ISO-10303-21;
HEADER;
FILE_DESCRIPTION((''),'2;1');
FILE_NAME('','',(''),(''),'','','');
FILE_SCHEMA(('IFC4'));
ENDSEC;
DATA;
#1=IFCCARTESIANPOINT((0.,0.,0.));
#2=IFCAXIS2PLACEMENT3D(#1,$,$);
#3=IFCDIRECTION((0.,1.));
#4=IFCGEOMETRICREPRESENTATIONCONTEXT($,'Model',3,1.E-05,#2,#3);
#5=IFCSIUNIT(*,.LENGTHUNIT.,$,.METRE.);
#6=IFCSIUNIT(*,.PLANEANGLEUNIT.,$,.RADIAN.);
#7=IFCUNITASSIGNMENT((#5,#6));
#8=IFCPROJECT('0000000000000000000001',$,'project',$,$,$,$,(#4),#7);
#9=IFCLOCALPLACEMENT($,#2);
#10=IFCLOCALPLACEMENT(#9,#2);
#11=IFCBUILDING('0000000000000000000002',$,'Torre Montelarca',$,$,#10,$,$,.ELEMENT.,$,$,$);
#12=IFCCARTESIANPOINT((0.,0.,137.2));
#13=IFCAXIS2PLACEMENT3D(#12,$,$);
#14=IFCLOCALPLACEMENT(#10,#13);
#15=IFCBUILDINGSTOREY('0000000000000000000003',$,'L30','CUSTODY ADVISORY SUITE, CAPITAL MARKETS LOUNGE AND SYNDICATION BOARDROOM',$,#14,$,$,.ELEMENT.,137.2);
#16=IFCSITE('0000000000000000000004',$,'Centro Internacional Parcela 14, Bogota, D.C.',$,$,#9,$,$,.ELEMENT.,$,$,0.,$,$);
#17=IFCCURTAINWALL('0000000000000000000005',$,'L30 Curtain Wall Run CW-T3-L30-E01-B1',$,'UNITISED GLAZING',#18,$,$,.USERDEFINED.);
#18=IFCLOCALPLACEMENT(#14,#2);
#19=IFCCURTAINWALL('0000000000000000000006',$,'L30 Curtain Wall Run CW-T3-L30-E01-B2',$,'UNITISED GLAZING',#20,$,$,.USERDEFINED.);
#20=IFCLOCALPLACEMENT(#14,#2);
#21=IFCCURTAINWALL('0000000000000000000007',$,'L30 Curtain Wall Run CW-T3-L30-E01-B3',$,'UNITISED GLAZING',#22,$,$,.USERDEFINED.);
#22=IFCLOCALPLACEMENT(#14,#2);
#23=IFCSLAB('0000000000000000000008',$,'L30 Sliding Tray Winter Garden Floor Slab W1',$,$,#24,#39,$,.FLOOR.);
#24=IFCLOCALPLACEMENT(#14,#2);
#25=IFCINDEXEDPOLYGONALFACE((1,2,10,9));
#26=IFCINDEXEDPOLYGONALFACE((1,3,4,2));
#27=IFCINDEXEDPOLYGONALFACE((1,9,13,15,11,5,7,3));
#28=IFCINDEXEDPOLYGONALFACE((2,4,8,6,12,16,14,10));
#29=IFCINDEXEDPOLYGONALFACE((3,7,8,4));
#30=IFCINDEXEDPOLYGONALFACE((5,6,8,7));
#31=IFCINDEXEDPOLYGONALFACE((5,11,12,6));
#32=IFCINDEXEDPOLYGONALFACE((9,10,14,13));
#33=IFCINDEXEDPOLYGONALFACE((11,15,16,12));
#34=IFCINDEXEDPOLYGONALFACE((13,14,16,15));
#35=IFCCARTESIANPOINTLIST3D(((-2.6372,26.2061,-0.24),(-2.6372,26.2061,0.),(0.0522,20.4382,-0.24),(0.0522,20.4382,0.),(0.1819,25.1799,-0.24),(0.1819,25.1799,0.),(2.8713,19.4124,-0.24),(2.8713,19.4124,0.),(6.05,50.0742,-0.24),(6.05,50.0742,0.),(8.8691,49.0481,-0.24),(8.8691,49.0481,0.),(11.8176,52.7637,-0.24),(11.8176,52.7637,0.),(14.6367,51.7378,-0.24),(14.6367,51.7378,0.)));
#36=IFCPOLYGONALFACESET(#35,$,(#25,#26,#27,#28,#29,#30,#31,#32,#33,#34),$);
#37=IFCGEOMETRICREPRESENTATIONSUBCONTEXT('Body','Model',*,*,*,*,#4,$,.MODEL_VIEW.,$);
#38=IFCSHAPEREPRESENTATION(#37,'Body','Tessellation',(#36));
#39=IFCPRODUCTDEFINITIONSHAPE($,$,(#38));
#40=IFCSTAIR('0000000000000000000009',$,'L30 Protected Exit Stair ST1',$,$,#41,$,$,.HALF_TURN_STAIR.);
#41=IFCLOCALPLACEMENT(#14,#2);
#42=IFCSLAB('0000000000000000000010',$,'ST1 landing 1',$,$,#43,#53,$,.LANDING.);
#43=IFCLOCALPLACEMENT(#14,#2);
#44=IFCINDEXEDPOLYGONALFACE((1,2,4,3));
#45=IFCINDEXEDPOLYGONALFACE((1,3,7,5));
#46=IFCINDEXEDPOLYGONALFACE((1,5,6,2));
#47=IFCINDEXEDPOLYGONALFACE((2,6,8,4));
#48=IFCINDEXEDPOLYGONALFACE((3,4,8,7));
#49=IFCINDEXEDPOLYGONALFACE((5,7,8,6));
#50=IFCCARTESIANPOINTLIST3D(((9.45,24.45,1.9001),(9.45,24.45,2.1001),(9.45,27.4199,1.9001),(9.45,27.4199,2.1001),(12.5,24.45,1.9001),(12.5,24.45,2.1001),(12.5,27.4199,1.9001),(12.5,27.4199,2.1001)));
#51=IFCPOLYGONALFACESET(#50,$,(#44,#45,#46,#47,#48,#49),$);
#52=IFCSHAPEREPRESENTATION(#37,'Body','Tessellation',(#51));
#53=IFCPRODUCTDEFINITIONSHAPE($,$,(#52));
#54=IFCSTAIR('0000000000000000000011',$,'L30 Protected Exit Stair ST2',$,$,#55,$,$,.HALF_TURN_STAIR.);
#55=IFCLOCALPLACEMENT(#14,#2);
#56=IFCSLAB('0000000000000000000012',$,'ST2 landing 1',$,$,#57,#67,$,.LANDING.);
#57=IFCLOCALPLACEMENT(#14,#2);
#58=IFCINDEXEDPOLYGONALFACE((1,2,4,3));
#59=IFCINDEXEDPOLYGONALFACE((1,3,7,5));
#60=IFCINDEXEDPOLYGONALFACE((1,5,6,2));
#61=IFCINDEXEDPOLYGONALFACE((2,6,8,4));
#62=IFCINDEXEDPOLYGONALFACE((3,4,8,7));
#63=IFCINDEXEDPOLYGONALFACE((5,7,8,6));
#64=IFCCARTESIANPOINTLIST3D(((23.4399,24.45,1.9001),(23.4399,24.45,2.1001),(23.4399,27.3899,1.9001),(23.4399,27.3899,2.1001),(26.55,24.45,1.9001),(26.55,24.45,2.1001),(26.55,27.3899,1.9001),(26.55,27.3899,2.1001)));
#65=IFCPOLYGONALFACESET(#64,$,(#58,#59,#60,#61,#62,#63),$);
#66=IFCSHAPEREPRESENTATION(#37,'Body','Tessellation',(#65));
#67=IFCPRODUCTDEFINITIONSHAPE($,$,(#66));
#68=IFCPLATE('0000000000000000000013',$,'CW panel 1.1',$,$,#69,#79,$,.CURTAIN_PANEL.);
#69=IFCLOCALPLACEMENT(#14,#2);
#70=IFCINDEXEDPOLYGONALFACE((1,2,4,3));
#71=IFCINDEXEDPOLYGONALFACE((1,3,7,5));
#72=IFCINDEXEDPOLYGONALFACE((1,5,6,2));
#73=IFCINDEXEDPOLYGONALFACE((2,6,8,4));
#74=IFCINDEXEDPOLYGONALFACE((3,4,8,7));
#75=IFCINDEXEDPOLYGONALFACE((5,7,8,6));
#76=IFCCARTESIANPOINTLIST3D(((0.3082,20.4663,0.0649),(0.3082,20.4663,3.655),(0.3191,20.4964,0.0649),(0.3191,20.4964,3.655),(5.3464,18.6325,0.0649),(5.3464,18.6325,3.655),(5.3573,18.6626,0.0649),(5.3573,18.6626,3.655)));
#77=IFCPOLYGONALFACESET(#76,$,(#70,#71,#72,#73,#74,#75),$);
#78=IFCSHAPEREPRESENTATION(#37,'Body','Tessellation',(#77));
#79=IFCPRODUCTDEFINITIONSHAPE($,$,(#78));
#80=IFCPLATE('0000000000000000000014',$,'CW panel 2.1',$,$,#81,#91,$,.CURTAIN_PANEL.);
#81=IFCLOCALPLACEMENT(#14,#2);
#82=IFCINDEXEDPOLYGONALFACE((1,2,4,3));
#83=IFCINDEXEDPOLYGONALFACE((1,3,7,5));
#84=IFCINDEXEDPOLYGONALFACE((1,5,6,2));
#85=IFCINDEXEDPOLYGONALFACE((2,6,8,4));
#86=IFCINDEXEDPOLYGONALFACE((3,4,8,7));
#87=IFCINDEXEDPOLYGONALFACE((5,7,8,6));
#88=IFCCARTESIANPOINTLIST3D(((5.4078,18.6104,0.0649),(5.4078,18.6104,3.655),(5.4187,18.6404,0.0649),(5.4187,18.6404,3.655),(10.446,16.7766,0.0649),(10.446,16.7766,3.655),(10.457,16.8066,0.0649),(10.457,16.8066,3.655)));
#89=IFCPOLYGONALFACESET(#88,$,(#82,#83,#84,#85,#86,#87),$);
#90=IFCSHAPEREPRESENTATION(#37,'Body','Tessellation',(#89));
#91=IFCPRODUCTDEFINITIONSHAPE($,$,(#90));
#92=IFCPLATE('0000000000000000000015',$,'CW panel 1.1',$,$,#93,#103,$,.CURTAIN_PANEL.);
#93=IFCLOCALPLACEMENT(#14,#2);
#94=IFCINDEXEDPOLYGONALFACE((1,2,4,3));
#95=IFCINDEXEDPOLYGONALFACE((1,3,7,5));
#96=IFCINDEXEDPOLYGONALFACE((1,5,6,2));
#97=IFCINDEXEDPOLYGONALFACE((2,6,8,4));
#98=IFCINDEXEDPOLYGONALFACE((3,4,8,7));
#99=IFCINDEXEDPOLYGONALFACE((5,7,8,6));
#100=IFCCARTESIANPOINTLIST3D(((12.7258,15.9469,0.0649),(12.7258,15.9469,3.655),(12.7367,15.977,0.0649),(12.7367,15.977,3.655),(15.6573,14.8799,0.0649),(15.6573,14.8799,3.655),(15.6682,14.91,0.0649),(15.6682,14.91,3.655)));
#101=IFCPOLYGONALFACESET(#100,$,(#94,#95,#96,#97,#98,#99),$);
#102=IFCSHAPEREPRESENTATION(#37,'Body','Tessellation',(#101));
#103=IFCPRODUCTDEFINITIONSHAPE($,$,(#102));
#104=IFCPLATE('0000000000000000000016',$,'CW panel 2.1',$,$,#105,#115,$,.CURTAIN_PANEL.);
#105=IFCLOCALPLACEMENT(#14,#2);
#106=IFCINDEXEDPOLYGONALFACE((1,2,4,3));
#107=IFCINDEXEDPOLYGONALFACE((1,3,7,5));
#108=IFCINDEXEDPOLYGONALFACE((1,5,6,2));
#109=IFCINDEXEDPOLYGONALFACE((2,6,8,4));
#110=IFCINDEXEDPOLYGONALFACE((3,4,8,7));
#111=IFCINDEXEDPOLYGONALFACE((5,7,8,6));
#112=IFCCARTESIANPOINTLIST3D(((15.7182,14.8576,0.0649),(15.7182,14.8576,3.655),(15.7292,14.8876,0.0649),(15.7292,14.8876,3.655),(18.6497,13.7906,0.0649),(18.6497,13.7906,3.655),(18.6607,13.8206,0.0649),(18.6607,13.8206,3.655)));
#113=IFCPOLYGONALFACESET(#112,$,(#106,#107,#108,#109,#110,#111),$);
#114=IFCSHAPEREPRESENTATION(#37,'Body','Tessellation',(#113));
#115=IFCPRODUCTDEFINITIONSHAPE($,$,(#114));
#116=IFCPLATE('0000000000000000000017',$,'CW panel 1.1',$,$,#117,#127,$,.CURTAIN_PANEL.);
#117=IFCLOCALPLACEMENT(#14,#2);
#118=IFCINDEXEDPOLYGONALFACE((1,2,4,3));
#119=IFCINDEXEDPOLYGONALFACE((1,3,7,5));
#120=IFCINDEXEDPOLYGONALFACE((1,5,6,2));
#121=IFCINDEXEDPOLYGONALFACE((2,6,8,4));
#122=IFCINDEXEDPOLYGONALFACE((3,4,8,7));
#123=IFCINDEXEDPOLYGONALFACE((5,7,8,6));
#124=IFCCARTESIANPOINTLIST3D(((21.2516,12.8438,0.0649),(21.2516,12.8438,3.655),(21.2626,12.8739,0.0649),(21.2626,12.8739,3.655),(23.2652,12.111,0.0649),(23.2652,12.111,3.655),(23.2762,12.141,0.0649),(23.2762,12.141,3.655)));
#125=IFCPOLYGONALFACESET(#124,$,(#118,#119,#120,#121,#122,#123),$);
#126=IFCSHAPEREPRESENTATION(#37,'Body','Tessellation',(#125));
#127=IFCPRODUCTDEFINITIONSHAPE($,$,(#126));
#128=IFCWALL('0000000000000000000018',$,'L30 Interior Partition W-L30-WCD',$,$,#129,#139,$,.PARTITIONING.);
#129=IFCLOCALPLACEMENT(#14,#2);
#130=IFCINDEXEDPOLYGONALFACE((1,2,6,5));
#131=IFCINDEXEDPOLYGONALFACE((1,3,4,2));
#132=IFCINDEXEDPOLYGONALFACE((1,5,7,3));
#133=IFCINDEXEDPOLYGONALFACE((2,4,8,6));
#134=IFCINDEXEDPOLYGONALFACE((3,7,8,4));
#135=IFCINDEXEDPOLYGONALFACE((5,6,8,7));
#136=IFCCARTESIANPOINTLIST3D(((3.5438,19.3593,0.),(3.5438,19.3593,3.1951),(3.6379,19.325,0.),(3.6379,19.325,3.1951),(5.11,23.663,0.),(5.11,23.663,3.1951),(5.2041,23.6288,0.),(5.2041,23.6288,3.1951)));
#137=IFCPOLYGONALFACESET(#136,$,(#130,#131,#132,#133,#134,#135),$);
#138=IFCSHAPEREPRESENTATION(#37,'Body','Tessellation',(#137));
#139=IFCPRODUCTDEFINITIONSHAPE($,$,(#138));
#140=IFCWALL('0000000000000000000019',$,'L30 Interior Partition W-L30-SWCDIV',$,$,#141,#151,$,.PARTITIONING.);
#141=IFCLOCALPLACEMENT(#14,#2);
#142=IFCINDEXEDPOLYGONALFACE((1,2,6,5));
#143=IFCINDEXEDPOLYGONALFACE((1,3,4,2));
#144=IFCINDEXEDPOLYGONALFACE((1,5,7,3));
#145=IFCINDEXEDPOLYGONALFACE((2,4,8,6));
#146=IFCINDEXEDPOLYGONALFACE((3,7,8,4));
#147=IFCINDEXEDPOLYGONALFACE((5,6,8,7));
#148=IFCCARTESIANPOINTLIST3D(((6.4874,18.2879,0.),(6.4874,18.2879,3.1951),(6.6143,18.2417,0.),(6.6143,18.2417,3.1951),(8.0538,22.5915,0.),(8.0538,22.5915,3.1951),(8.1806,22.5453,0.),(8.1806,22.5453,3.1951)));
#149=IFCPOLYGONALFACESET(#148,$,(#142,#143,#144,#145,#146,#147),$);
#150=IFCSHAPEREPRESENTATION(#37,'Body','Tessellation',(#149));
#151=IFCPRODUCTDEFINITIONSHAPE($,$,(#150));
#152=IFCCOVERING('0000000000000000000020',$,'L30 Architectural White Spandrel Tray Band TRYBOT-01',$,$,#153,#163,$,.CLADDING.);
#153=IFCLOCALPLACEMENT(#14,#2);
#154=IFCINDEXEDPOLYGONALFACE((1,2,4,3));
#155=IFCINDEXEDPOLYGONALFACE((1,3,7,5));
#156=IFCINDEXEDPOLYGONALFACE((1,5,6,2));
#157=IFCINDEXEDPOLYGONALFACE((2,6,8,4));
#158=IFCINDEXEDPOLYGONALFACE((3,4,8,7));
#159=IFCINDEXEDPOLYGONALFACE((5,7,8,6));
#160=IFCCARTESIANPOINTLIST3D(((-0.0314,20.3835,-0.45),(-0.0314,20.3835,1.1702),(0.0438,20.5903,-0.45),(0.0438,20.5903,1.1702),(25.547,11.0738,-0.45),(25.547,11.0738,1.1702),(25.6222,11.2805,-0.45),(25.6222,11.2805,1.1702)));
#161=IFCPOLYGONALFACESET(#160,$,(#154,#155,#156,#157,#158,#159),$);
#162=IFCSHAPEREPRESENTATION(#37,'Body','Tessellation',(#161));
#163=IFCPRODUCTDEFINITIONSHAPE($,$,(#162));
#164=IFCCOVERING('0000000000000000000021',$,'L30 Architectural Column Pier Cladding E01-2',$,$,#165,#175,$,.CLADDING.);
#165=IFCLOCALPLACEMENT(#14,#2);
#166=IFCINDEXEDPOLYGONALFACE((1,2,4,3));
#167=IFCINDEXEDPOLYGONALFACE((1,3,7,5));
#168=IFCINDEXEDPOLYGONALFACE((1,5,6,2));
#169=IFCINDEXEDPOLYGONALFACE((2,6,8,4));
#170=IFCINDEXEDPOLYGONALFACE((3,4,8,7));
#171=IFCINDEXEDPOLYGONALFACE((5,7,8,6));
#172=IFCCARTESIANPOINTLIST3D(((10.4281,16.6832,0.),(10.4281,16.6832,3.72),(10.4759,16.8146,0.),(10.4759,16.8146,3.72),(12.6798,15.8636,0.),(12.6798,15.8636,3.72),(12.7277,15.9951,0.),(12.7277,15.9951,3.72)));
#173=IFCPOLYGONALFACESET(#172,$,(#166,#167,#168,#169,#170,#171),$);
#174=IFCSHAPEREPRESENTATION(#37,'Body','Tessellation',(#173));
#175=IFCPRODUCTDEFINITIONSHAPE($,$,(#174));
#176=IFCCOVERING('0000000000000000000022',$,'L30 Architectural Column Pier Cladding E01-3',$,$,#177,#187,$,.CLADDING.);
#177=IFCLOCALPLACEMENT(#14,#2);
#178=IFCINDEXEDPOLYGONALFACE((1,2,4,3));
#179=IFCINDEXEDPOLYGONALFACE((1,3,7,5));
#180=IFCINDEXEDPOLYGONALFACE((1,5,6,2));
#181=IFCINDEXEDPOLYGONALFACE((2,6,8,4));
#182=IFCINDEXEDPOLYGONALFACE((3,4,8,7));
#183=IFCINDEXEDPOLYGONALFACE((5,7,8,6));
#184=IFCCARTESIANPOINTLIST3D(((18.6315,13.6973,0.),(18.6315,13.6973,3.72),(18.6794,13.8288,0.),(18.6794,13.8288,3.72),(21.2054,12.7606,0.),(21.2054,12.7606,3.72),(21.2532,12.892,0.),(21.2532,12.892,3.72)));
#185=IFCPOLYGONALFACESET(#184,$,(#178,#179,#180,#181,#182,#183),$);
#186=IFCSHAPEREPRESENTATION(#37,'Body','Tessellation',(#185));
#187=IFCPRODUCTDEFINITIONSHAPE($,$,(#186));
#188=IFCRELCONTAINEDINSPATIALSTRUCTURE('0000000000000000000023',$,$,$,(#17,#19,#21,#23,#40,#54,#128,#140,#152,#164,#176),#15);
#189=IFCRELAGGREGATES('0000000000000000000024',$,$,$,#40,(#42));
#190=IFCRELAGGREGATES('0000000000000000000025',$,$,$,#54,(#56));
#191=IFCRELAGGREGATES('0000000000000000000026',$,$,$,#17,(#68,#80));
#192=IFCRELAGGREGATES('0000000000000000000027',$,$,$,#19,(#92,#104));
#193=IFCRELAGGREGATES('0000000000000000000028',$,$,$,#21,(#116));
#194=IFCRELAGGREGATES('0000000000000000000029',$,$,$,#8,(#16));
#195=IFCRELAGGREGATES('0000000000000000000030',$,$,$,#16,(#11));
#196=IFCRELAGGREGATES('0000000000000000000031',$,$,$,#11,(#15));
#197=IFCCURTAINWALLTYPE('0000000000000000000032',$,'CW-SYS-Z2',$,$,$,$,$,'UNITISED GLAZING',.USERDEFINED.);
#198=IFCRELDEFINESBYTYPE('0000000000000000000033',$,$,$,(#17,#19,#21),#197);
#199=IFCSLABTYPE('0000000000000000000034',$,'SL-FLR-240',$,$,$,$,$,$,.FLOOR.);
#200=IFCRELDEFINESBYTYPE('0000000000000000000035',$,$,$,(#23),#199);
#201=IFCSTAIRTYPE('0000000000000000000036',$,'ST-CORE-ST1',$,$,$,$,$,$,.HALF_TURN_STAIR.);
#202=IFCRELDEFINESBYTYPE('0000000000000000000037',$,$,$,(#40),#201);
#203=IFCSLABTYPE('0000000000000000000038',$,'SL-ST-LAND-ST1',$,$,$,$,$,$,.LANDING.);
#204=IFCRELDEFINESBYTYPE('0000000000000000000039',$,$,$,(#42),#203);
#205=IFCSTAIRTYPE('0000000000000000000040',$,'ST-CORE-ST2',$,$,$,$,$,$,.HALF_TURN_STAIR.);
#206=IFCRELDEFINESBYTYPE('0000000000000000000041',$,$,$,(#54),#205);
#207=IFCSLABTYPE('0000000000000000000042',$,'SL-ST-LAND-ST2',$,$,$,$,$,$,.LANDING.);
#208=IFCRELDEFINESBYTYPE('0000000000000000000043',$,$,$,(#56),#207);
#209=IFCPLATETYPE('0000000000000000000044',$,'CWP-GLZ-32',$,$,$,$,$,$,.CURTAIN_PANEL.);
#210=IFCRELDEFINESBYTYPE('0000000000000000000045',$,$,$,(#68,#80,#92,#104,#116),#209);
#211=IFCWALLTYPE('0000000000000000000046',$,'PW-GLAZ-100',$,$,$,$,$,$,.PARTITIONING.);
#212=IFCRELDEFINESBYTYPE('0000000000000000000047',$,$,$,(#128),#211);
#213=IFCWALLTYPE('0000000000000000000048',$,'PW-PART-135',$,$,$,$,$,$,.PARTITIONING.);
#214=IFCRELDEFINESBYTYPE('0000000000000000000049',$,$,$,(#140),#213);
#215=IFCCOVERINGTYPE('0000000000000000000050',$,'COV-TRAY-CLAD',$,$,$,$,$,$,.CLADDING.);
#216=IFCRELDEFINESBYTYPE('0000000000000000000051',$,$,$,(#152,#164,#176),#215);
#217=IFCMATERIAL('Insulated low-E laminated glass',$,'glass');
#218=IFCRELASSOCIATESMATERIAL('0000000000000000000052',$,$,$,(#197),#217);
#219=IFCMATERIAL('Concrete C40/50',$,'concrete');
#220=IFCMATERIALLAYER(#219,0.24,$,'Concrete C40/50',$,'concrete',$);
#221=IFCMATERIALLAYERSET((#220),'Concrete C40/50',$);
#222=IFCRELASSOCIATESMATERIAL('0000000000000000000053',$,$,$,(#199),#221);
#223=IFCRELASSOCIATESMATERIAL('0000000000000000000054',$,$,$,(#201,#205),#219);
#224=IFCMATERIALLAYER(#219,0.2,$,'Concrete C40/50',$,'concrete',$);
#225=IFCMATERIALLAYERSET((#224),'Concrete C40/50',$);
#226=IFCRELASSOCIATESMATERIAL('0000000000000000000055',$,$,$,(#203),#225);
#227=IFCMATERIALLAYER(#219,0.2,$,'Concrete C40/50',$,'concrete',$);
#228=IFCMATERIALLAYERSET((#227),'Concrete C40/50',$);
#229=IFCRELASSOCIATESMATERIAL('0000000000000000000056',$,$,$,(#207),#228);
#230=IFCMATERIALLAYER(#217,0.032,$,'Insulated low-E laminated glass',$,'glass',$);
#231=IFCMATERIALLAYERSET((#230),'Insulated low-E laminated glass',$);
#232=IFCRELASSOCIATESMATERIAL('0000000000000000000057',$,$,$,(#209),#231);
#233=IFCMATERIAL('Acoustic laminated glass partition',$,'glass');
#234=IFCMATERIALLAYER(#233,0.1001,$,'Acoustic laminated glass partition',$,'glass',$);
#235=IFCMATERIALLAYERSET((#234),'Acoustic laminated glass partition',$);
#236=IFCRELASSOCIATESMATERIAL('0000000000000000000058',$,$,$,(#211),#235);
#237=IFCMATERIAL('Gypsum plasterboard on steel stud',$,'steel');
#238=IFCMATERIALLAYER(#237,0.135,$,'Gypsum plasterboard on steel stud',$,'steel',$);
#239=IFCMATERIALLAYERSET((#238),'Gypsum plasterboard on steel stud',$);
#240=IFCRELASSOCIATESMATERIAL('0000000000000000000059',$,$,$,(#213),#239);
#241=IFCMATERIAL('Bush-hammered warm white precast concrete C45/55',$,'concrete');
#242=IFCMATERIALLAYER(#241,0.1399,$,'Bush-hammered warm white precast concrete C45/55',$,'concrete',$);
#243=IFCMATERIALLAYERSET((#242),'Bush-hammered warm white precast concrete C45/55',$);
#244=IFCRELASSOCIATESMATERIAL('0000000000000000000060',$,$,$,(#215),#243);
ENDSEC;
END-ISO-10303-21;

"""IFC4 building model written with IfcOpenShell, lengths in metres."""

from ifc_helpers import new_model, si_unit, direction, frame, frame_2d, origin, origin_2d, place, context, subcontext, project, spatial, polyline, rectangle, outline, extrude, source, transform, mapped, material, layer, layer_set, type_object, element, aggregate, save


model = new_model("IFC4")

# Units and contexts
model_context = context("Model", 3, precision=1e-05, world=origin(), true_north=direction((0.0, 1.0)))
body_context = subcontext(model_context, "Body", "Model", "MODEL_VIEW")
ifc_project = project(units=[si_unit("LENGTHUNIT", "METRE"), si_unit("PLANEANGLEUNIT", "RADIAN")], contexts=[model_context])

# Site, building, storey
site_placement = place(None, origin())
site = spatial("IfcSite", under=ifc_project, at=site_placement, Name="Centro Internacional Parcela 14, Bogota, D.C.", CompositionType="ELEMENT", RefElevation=0.0)
building_placement = place(site_placement, origin())
building = spatial("IfcBuilding", under=site, at=building_placement, Name="Torre Montelarca", CompositionType="ELEMENT")
storey_placement = place(building_placement, frame((0.0, 0.0, 137.2)))
storey = spatial("IfcBuildingStorey", under=building, at=storey_placement, Name="L30", Description="CUSTODY ADVISORY SUITE, CAPITAL MARKETS LOUNGE AND SYNDICATION BOARDROOM", CompositionType="ELEMENT", Elevation=137.2)

# Curtain walls
ifc_material_1 = material(Name="Insulated low-E laminated glass", Category="glass")
curtain_wall_type = type_object("IfcCurtainWallType", Name="CW-SYS-Z2", ElementType="UNITISED GLAZING", PredefinedType="USERDEFINED", material=ifc_material_1)
curtain_wall_1_placement = place(storey_placement, origin())
curtain_wall_1 = element("IfcCurtainWall", 1, at=curtain_wall_1_placement, inside=storey, type_object=curtain_wall_type, Name="L30 Curtain Wall Run CW-T3-L30-E01-B1", ObjectType="UNITISED GLAZING", PredefinedType="USERDEFINED")
curtain_wall_2_placement = place(storey_placement, origin())
curtain_wall_2 = element("IfcCurtainWall", 2, at=curtain_wall_2_placement, inside=storey, type_object=curtain_wall_type, Name="L30 Curtain Wall Run CW-T3-L30-E01-B2", ObjectType="UNITISED GLAZING", PredefinedType="USERDEFINED")
curtain_wall_3_placement = place(storey_placement, origin())
curtain_wall_3 = element("IfcCurtainWall", 3, at=curtain_wall_3_placement, inside=storey, type_object=curtain_wall_type, Name="L30 Curtain Wall Run CW-T3-L30-E01-B3", ObjectType="UNITISED GLAZING", PredefinedType="USERDEFINED")

# Slab
ifc_material_2 = material(Name="Concrete C40/50", Category="concrete")
ifc_layer_1 = layer(ifc_material_2, 0.24, Name="Concrete C40/50", Category="concrete")
ifc_layer_set_1 = layer_set([ifc_layer_1], Name="Concrete C40/50")
slab_type_1 = type_object("IfcSlabType", Name="SL-FLR-240", PredefinedType="FLOOR", material=ifc_layer_set_1)
slab_1_placement = place(storey_placement, frame((0.0, 0.0, -0.24)))
element("IfcSlab", 4, at=slab_1_placement, inside=storey, type_object=slab_type_1, Name="L30 Sliding Tray Winter Garden Floor Slab W1", PredefinedType="FLOOR", context=body_context, shape_type="SweptSolid", body=[
    extrude(outline(polyline([(2.8713, 19.4124), (0.1819, 25.1799), (8.8691, 49.0481), (14.6367, 51.7378), (11.8176, 52.7637), (6.05, 50.0742), (-2.6372, 26.2061), (0.0522, 20.4382), (2.8713, 19.4124)])), origin(), (0.0, 0.0, 1.0), 0.24),
])

# Stairs, slabs
stair_type_1 = type_object("IfcStairType", Name="ST-CORE-ST1", PredefinedType="HALF_TURN_STAIR", material=ifc_material_2)
stair_1_placement = place(storey_placement, origin())
stair_1 = element("IfcStair", 5, at=stair_1_placement, inside=storey, type_object=stair_type_1, Name="L30 Protected Exit Stair ST1", PredefinedType="HALF_TURN_STAIR")
ifc_layer_2 = layer(ifc_material_2, 0.2, Name="Concrete C40/50", Category="concrete")
ifc_layer_set_2 = layer_set([ifc_layer_2], Name="Concrete C40/50")
slab_type_2 = type_object("IfcSlabType", Name="SL-ST-LAND-ST1", PredefinedType="LANDING", material=ifc_layer_set_2)
slab_2_placement = place(storey_placement, frame((0.0, 0.0, 1.9001)))
slab_2 = element("IfcSlab", 6, at=slab_2_placement, type_object=slab_type_2, Name="ST1 landing 1", PredefinedType="LANDING", context=body_context, shape_type="SweptSolid", body=[
    extrude(outline(polyline([(9.45, 27.4199), (9.45, 24.45), (12.5, 24.45), (12.5, 27.4199), (9.45, 27.4199)])), origin(), (0.0, 0.0, 1.0), 0.2),
])
aggregate(stair_1, [slab_2])
stair_type_2 = type_object("IfcStairType", Name="ST-CORE-ST2", PredefinedType="HALF_TURN_STAIR", material=ifc_material_2)
stair_2_placement = place(storey_placement, origin())
stair_2 = element("IfcStair", 7, at=stair_2_placement, inside=storey, type_object=stair_type_2, Name="L30 Protected Exit Stair ST2", PredefinedType="HALF_TURN_STAIR")
ifc_layer_3 = layer(ifc_material_2, 0.2, Name="Concrete C40/50", Category="concrete")
ifc_layer_set_3 = layer_set([ifc_layer_3], Name="Concrete C40/50")
slab_type_3 = type_object("IfcSlabType", Name="SL-ST-LAND-ST2", PredefinedType="LANDING", material=ifc_layer_set_3)
slab_3_placement = place(storey_placement, frame((0.0, 0.0, 1.9001)))
slab_3 = element("IfcSlab", 8, at=slab_3_placement, type_object=slab_type_3, Name="ST2 landing 1", PredefinedType="LANDING", context=body_context, shape_type="SweptSolid", body=[
    extrude(outline(polyline([(23.4399, 27.3899), (23.4399, 24.45), (26.55, 24.45), (26.55, 27.3899), (23.4399, 27.3899)])), origin(), (0.0, 0.0, 1.0), 0.2),
])
aggregate(stair_2, [slab_3])

# Plates
ifc_layer_4 = layer(ifc_material_1, 0.032, Name="Insulated low-E laminated glass", Category="glass")
ifc_layer_set_4 = layer_set([ifc_layer_4], Name="Insulated low-E laminated glass")
plate_type = type_object("IfcPlateType", Name="CWP-GLZ-32", PredefinedType="CURTAIN_PANEL", material=ifc_layer_set_4)
shared_shape_1 = source(origin(), body_context, "Body", "SweptSolid", [
    extrude(rectangle(XDim=5.3616, YDim=0.032, at=origin_2d()), origin(), (0.0, 0.0, 1.0), 3.5901),
])
plate_1_placement = place(storey_placement, frame((2.8328, 19.5645, 0.0649), z_axis=(0.0, 0.0, 1.0), x_axis=(0.939693, -0.34202, 0.0)))
plate_1 = element("IfcPlate", 9, at=plate_1_placement, type_object=plate_type, Name="CW panel 1.1", PredefinedType="CURTAIN_PANEL", context=body_context, shape_type="MappedRepresentation", body=[
    mapped(shared_shape_1, transform((0.0, 0.0, 0.0), scale=1.0)),
])
plate_2_placement = place(storey_placement, frame((7.9324, 17.7085, 0.0649), z_axis=(0.0, 0.0, 1.0), x_axis=(0.939693, -0.34202, 0.0)))
plate_2 = element("IfcPlate", 10, at=plate_2_placement, type_object=plate_type, Name="CW panel 2.1", PredefinedType="CURTAIN_PANEL", context=body_context, shape_type="MappedRepresentation", body=[
    mapped(shared_shape_1, transform((0.0, 0.0, 0.0), scale=1.0)),
])
aggregate(curtain_wall_1, [plate_1, plate_2])
shared_shape_2 = source(origin(), body_context, "Body", "SweptSolid", [
    extrude(rectangle(XDim=3.1196, YDim=0.032, at=origin_2d()), origin(), (0.0, 0.0, 1.0), 3.5901),
])
plate_3_placement = place(storey_placement, frame((14.197, 15.4285, 0.0649), z_axis=(0.0, 0.0, 1.0), x_axis=(0.939691, -0.342025, 0.0)))
plate_3 = element("IfcPlate", 11, at=plate_3_placement, type_object=plate_type, Name="CW panel 1.1", PredefinedType="CURTAIN_PANEL", context=body_context, shape_type="MappedRepresentation", body=[
    mapped(shared_shape_2, transform((0.0, 0.0, 0.0), scale=1.0)),
])
plate_4_placement = place(storey_placement, frame((17.1895, 14.3391, 0.0649), z_axis=(0.0, 0.0, 1.0), x_axis=(0.939691, -0.342025, 0.0)))
plate_4 = element("IfcPlate", 12, at=plate_4_placement, type_object=plate_type, Name="CW panel 2.1", PredefinedType="CURTAIN_PANEL", context=body_context, shape_type="MappedRepresentation", body=[
    mapped(shared_shape_2, transform((0.0, 0.0, 0.0), scale=1.0)),
])
aggregate(curtain_wall_2, [plate_3, plate_4])
shared_shape_3 = source(origin(), body_context, "Body", "SweptSolid", [
    extrude(rectangle(XDim=2.1428, YDim=0.032, at=origin_2d()), origin(), (0.0, 0.0, 1.0), 3.5901),
])
plate_5_placement = place(storey_placement, frame((22.2639, 12.4924, 0.0649), z_axis=(0.0, 0.0, 1.0), x_axis=(0.939692, -0.342021, 0.0)))
plate_5 = element("IfcPlate", 13, at=plate_5_placement, type_object=plate_type, Name="CW panel 1.1", PredefinedType="CURTAIN_PANEL", context=body_context, shape_type="MappedRepresentation", body=[
    mapped(shared_shape_3, transform((0.0, 0.0, 0.0), scale=1.0)),
])
aggregate(curtain_wall_3, [plate_5])

# Walls
ifc_material_3 = material(Name="Acoustic laminated glass partition", Category="glass")
ifc_layer_5 = layer(ifc_material_3, 0.1001, Name="Acoustic laminated glass partition", Category="glass")
ifc_layer_set_5 = layer_set([ifc_layer_5], Name="Acoustic laminated glass partition")
wall_type_1 = type_object("IfcWallType", Name="PW-GLAZ-100", PredefinedType="PARTITIONING", material=ifc_layer_set_5)
wall_1_placement = place(storey_placement, frame((3.5908, 19.342, 0.0), z_axis=(0.0, 0.0, 1.0), x_axis=(0.34197, 0.939711, 0.0)))
element("IfcWall", 14, at=wall_1_placement, inside=storey, type_object=wall_type_1, Name="L30 Interior Partition W-L30-WCD", PredefinedType="PARTITIONING", context=body_context, shape_type="SweptSolid", body=[
    extrude(rectangle(XDim=4.5798, YDim=0.1001, at=frame_2d((2.29, 0.0))), origin(), (0.0, 0.0, 1.0), 3.1951),
])
ifc_material_4 = material(Name="Gypsum plasterboard on steel stud", Category="steel")
ifc_layer_6 = layer(ifc_material_4, 0.135, Name="Gypsum plasterboard on steel stud", Category="steel")
ifc_layer_set_6 = layer_set([ifc_layer_6], Name="Gypsum plasterboard on steel stud")
wall_type_2 = type_object("IfcWallType", Name="PW-PART-135", PredefinedType="PARTITIONING", material=ifc_layer_set_6)
wall_2_placement = place(storey_placement, frame((6.5508, 18.2646, 0.0), z_axis=(0.0, 0.0, 1.0), x_axis=(0.342017, 0.939694, 0.0)))
element("IfcWall", 15, at=wall_2_placement, inside=storey, type_object=wall_type_2, Name="L30 Interior Partition W-L30-SWCDIV", PredefinedType="PARTITIONING", context=body_context, shape_type="SweptSolid", body=[
    extrude(rectangle(XDim=4.5798, YDim=0.135, at=frame_2d((2.29, 0.0))), origin(), (0.0, 0.0, 1.0), 3.1951),
])

# Coverings
ifc_material_5 = material(Name="Bush-hammered warm white precast concrete C45/55", Category="concrete")
ifc_layer_7 = layer(ifc_material_5, 0.1399, Name="Bush-hammered warm white precast concrete C45/55", Category="concrete")
ifc_layer_set_7 = layer_set([ifc_layer_7], Name="Bush-hammered warm white precast concrete C45/55")
covering_type = type_object("IfcCoveringType", Name="COV-TRAY-CLAD", PredefinedType="CLADDING", material=ifc_layer_set_7)
shared_shape_4 = source(origin(), body_context, "Body", "SweptSolid", [
    extrude(rectangle(XDim=27.22, YDim=0.22, at=origin_2d()), origin(), (0.0, 0.0, 1.0), 1.6201),
])
covering_1_placement = place(storey_placement, frame((12.7954, 15.832, -0.45), z_axis=(0.0, 0.0, 1.0), x_axis=(0.939693, -0.342019, 0.0)))
element("IfcCovering", 16, at=covering_1_placement, inside=storey, type_object=covering_type, Name="L30 Architectural White Spandrel Tray Band TRYBOT-01", PredefinedType="CLADDING", context=body_context, shape_type="MappedRepresentation", body=[
    mapped(shared_shape_4, transform((0.0, 0.0, 0.0), scale=1.0)),
])
shared_shape_5 = source(origin(), body_context, "Body", "SweptSolid", [
    extrude(rectangle(XDim=2.3962, YDim=0.1399, at=origin_2d()), origin(), (0.0, 0.0, 1.0), 3.72),
])
covering_2_placement = place(storey_placement, frame((11.5779, 16.3391, 0.0), z_axis=(0.0, 0.0, 1.0), x_axis=(0.939694, -0.342017, 0.0)))
element("IfcCovering", 17, at=covering_2_placement, inside=storey, type_object=covering_type, Name="L30 Architectural Column Pier Cladding E01-2", PredefinedType="CLADDING", context=body_context, shape_type="MappedRepresentation", body=[
    mapped(shared_shape_5, transform((0.0, 0.0, 0.0), scale=1.0)),
])
shared_shape_6 = source(origin(), body_context, "Body", "SweptSolid", [
    extrude(rectangle(XDim=2.739, YDim=0.1399, at=origin_2d()), origin(), (0.0, 0.0, 1.0), 3.72),
])
covering_3_placement = place(storey_placement, frame((19.9424, 13.2947, 0.0), z_axis=(0.0, 0.0, 1.0), x_axis=(0.939694, -0.342017, 0.0)))
element("IfcCovering", 18, at=covering_3_placement, inside=storey, type_object=covering_type, Name="L30 Architectural Column Pier Cladding E01-3", PredefinedType="CLADDING", context=body_context, shape_type="MappedRepresentation", body=[
    mapped(shared_shape_6, transform((0.0, 0.0, 0.0), scale=1.0)),
])

save(model, "model.ifc")
